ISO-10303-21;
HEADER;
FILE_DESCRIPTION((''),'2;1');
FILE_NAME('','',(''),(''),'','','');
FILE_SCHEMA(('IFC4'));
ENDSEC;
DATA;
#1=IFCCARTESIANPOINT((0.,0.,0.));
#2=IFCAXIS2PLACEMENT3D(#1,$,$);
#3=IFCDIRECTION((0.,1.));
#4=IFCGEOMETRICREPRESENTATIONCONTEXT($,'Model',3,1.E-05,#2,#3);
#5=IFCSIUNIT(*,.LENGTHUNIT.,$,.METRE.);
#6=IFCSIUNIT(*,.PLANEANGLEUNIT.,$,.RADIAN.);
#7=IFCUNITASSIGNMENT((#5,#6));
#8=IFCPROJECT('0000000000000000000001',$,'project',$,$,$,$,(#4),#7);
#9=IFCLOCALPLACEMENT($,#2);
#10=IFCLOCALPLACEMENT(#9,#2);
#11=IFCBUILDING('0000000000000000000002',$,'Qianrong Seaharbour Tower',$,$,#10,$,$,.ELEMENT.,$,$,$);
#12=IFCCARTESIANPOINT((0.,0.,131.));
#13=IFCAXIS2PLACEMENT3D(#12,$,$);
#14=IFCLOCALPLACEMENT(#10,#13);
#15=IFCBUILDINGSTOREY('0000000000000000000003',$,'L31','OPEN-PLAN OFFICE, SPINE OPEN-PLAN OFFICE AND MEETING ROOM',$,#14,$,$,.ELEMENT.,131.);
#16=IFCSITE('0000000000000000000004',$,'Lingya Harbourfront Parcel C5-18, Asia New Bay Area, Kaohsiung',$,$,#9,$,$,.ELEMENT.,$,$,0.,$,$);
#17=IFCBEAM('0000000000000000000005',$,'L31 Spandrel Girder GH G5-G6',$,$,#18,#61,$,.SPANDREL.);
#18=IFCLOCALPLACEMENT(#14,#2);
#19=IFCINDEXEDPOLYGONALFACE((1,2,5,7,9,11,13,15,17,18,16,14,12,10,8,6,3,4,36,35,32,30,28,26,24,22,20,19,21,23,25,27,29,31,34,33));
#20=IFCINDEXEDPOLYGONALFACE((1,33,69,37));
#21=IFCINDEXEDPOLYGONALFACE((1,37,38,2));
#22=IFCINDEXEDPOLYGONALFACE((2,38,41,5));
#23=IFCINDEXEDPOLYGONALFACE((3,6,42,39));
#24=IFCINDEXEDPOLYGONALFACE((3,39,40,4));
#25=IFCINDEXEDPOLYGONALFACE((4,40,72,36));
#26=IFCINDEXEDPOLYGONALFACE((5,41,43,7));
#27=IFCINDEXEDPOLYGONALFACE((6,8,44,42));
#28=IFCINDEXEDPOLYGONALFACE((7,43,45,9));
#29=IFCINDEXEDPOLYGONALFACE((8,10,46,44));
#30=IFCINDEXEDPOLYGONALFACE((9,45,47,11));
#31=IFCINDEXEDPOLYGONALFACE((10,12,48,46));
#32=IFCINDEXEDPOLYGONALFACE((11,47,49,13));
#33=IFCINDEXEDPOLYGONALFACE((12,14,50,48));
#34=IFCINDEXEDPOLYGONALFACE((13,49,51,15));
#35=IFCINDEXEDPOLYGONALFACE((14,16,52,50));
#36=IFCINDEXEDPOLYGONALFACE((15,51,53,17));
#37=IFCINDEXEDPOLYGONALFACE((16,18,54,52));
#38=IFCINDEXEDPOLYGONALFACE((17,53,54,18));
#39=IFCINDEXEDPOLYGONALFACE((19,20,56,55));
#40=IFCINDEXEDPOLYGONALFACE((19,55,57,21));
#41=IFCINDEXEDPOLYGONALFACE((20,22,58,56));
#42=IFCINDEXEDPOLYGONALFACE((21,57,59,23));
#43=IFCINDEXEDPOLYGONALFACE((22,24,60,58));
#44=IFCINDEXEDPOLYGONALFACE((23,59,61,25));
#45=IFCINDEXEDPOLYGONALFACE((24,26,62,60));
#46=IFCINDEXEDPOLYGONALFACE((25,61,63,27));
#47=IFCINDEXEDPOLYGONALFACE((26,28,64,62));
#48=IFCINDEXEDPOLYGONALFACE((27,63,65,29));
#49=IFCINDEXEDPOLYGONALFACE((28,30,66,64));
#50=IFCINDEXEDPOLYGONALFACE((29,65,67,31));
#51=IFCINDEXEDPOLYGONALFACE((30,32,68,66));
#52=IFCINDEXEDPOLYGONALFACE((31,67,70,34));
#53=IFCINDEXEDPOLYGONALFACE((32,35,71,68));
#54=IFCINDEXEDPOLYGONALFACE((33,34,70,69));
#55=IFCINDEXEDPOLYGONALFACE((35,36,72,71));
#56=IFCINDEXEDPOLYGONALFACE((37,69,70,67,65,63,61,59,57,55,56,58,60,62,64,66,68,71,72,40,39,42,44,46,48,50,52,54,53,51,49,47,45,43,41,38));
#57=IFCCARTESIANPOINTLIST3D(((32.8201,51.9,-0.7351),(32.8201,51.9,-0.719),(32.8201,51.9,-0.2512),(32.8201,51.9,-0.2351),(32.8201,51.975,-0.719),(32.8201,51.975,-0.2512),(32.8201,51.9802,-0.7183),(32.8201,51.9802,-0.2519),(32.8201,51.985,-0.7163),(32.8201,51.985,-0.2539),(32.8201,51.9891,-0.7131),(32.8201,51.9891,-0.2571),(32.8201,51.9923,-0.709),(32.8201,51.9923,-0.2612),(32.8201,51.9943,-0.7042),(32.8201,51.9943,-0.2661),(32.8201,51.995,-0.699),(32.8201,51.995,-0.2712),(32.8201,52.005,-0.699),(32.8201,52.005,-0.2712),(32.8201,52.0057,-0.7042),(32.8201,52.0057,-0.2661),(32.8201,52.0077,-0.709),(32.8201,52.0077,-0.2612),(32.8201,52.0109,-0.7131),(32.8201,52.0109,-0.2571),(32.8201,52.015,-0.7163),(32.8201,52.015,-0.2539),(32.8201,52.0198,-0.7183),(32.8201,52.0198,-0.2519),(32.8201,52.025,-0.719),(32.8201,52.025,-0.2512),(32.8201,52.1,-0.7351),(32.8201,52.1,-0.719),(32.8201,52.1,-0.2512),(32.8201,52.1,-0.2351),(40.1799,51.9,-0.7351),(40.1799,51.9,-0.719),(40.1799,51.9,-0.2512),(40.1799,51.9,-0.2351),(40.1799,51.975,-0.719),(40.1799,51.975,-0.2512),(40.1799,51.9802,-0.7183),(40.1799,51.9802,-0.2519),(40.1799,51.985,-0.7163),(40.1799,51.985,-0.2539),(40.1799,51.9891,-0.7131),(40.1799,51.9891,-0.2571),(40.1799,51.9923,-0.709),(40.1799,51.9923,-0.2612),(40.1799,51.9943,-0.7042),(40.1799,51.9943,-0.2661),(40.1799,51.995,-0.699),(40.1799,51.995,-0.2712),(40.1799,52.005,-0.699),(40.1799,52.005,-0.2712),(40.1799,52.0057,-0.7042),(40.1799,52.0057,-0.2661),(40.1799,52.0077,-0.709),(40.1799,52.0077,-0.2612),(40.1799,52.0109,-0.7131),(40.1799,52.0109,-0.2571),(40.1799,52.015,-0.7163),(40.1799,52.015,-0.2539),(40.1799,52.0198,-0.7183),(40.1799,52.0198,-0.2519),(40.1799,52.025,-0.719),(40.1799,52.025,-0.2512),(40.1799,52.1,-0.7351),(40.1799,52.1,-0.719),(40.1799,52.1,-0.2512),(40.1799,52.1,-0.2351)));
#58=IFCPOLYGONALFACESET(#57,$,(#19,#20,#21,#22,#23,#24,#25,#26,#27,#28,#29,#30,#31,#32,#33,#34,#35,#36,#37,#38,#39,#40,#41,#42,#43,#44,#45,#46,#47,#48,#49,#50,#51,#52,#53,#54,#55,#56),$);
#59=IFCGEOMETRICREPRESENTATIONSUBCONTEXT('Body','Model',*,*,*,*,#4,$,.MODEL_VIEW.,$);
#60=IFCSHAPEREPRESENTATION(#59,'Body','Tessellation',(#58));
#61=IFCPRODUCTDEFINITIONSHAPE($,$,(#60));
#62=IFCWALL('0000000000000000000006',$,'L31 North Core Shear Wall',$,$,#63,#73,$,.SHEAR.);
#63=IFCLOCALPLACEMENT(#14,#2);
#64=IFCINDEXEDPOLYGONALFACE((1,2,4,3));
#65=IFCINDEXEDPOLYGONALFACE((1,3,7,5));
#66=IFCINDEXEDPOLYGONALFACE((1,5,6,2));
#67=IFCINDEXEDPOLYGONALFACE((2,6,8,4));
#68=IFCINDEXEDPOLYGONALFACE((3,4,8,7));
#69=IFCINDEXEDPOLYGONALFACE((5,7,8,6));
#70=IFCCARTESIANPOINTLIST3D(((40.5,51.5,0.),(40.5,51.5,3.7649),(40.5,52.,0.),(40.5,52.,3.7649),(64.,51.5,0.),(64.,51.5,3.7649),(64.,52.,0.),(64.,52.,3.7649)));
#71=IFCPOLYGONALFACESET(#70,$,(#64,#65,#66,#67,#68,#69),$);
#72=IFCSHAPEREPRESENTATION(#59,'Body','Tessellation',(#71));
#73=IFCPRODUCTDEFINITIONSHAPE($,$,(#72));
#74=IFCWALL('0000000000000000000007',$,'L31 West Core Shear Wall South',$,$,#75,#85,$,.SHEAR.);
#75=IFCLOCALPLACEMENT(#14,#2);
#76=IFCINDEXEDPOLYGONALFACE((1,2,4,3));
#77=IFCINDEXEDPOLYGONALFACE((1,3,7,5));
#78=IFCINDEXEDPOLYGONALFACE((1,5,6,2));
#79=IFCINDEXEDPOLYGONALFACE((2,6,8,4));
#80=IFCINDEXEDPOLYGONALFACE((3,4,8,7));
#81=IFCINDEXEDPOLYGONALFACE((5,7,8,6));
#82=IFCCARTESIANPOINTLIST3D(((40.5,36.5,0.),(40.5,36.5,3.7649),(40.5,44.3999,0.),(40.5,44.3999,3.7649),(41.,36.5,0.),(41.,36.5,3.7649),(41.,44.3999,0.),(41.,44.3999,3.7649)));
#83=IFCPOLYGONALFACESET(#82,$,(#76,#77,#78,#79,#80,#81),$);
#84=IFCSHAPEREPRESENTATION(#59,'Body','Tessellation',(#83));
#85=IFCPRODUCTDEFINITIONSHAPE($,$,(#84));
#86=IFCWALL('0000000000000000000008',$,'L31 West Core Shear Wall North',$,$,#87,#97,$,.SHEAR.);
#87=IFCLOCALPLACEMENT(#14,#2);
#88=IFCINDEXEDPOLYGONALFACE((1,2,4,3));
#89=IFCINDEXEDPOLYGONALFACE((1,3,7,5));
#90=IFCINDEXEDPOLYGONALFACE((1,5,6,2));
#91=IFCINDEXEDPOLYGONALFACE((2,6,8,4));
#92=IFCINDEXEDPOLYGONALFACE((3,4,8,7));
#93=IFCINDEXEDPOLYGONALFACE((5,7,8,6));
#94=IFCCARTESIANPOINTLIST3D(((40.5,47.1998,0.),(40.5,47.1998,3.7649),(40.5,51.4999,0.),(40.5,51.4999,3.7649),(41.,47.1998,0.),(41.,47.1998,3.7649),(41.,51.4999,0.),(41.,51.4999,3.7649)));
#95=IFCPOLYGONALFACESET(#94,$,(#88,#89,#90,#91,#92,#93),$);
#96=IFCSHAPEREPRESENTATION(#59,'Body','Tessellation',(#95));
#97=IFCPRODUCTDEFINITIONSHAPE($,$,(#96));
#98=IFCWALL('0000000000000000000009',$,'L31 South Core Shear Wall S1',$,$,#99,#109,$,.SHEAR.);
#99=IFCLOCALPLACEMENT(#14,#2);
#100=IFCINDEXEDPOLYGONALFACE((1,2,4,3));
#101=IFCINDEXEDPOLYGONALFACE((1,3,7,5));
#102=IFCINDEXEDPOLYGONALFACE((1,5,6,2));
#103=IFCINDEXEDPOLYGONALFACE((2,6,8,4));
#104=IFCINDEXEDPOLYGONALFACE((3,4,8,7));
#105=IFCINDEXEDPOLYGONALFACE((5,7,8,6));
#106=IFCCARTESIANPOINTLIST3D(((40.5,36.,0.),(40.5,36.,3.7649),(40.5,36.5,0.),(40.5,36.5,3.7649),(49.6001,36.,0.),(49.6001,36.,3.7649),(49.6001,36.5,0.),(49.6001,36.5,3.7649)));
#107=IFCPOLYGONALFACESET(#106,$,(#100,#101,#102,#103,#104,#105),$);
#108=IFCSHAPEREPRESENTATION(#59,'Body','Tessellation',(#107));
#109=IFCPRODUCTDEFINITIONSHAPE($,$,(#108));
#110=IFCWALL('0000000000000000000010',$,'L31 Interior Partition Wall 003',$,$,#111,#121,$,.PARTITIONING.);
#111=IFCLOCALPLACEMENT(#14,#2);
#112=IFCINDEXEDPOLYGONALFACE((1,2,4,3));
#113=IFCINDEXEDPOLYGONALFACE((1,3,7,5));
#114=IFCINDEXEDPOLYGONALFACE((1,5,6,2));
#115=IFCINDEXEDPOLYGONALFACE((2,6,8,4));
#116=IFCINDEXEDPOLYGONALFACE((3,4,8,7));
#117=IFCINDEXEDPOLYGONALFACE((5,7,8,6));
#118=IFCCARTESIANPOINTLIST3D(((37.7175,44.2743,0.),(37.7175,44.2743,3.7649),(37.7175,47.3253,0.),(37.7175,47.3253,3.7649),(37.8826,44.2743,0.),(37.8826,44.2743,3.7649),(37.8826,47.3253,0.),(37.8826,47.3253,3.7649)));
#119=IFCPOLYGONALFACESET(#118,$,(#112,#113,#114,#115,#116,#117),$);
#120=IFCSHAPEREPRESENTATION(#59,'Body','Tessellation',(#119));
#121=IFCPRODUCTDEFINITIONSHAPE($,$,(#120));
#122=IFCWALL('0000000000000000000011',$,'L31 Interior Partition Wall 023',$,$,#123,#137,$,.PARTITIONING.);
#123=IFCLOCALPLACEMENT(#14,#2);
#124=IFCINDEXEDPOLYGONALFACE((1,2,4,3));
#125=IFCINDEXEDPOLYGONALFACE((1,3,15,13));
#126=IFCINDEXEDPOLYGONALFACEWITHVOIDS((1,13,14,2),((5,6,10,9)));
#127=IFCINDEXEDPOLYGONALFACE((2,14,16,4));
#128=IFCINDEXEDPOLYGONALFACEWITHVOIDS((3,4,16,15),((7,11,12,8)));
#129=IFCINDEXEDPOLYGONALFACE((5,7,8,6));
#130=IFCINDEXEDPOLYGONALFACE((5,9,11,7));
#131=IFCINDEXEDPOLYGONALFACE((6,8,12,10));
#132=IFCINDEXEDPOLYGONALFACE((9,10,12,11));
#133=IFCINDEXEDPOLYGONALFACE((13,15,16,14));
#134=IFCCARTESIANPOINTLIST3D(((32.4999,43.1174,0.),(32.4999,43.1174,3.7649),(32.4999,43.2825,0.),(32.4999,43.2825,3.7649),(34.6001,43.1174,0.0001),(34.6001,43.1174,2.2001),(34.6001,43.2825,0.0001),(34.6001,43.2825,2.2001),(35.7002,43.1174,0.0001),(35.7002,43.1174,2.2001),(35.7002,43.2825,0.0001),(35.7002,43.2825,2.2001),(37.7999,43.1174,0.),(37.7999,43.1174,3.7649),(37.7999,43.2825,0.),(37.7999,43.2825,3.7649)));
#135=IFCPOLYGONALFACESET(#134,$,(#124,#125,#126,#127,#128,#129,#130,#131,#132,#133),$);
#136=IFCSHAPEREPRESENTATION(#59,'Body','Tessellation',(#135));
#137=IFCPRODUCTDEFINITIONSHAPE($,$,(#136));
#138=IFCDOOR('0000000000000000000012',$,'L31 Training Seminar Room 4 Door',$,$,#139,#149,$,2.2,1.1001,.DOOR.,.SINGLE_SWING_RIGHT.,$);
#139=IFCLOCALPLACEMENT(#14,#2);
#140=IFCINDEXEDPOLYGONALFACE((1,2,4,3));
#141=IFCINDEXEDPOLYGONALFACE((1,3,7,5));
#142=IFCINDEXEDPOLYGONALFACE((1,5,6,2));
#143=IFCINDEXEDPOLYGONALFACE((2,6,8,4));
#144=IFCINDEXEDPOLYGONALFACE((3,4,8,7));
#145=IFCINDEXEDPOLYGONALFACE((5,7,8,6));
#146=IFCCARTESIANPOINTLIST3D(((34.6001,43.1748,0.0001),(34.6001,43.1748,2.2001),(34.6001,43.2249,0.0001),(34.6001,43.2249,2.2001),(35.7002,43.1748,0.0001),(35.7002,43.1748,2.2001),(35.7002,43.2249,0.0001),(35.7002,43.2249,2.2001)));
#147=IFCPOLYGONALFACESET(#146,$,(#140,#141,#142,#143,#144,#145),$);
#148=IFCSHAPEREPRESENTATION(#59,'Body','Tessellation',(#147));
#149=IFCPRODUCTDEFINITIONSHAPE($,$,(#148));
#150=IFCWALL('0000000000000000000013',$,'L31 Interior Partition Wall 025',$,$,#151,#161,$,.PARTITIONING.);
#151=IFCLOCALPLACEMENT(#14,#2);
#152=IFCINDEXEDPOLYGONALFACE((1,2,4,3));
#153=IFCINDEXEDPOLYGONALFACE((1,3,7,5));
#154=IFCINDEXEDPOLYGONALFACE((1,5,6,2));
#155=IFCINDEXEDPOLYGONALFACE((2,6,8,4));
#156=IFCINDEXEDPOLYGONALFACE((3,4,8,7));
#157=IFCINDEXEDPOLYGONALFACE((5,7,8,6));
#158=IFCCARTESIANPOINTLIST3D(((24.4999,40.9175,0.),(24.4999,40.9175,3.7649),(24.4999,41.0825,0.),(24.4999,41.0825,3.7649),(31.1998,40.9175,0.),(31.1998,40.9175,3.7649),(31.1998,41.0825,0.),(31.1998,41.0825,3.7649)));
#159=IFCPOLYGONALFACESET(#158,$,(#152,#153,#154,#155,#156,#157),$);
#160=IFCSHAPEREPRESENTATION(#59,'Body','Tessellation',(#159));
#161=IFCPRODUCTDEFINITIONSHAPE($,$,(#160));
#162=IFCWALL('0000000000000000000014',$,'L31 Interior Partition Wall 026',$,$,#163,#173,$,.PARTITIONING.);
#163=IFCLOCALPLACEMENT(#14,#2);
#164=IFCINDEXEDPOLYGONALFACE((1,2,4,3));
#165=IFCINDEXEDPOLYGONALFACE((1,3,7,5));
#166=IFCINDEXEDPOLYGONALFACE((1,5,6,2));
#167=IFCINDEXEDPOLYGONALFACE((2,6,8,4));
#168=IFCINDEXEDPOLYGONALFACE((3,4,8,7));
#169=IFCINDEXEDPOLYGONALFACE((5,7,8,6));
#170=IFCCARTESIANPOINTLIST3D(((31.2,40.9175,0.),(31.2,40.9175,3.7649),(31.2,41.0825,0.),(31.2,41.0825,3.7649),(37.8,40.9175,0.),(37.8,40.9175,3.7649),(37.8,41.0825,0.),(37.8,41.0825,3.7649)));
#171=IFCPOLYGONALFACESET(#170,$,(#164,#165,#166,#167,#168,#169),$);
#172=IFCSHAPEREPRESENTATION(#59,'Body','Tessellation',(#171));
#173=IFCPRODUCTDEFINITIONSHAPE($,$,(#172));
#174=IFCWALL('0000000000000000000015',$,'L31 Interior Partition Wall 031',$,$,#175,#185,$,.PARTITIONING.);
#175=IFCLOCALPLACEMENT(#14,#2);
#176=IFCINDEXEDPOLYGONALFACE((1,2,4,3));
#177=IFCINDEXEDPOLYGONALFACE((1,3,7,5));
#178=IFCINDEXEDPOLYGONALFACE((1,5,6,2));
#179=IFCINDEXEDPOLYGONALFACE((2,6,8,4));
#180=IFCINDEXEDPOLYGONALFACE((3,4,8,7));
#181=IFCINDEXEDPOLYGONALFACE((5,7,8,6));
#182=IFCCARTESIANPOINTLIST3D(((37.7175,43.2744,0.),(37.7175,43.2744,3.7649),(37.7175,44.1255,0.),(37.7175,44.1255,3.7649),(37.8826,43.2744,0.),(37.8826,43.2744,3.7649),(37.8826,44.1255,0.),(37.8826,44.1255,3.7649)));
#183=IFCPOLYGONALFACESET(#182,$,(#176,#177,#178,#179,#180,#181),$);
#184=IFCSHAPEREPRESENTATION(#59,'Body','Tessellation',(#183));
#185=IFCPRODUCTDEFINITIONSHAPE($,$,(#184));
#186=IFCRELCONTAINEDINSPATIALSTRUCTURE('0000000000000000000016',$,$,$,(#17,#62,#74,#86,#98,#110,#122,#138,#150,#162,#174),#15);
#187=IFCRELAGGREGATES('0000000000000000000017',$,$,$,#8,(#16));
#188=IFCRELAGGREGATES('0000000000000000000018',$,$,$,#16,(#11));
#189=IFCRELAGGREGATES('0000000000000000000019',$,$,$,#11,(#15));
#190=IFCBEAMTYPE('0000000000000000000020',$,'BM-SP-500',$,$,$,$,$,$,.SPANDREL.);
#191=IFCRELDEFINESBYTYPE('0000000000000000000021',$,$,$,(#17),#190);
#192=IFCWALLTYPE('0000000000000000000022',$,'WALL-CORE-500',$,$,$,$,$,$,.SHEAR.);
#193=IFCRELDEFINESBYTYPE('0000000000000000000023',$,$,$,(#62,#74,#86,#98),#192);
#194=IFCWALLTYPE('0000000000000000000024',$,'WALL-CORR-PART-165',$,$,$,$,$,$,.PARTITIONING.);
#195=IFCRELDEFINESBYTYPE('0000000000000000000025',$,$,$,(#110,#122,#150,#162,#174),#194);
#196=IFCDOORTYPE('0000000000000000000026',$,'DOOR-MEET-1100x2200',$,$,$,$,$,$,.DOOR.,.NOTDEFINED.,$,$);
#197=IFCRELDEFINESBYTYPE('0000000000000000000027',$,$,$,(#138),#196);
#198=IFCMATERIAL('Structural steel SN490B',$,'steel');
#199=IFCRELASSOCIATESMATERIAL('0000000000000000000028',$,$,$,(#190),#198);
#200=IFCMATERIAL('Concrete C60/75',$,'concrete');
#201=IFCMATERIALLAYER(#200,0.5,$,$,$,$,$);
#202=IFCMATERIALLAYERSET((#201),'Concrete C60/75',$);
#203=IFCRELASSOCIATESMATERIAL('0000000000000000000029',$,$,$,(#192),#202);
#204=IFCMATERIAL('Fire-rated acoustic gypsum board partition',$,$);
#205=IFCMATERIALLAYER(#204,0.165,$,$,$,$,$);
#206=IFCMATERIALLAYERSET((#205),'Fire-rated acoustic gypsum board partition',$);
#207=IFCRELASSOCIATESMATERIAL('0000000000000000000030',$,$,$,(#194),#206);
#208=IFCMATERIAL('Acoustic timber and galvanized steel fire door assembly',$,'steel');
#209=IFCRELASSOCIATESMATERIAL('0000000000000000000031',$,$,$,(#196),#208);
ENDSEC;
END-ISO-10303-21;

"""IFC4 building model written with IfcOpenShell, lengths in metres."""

from ifc_helpers import new_model, si_unit, direction, frame, frame_2d, origin, origin_2d, place, context, subcontext, project, spatial, rectangle, i_section, extrude, material, layer, layer_set, material_profile, profile_set, type_object, element, fill, save


model = new_model("IFC4")

# Units and contexts
model_context = context("Model", 3, precision=1e-05, world=origin(), true_north=direction((0.0, 1.0)))
body_context = subcontext(model_context, "Body", "Model", "MODEL_VIEW")
ifc_project = project(units=[si_unit("LENGTHUNIT", "METRE"), si_unit("PLANEANGLEUNIT", "RADIAN")], contexts=[model_context])

# Site, building, storey
site_placement = place(None, origin())
site = spatial("IfcSite", under=ifc_project, at=site_placement, Name="Lingya Harbourfront Parcel C5-18, Asia New Bay Area, Kaohsiung", CompositionType="ELEMENT", RefElevation=0.0)
building_placement = place(site_placement, origin())
building = spatial("IfcBuilding", under=site, at=building_placement, Name="Qianrong Seaharbour Tower", CompositionType="ELEMENT")
storey_placement = place(building_placement, frame((0.0, 0.0, 131.0)))
storey = spatial("IfcBuildingStorey", under=building, at=storey_placement, Name="L31", Description="OPEN-PLAN OFFICE, SPINE OPEN-PLAN OFFICE AND MEETING ROOM", CompositionType="ELEMENT", Elevation=131.0)

# Shared definitions
ifc_material_1 = material(Name="Structural steel SN490B", Category="steel")

# Beam
ifc_material_profile_1 = material_profile(ifc_material_1, i_section(OverallWidth=0.2, OverallDepth=0.5, WebThickness=0.01, FlangeThickness=0.0161, FilletRadius=0.02, at=origin_2d()), Name="H500x200x10x16")
ifc_profile_set_1 = profile_set([ifc_material_profile_1], Name="Structural steel SN490B")
beam_type_1 = type_object("IfcBeamType", Name="BM-SP-500", PredefinedType="SPANDREL", material=ifc_profile_set_1)
for number, where, z_axis, x_axis, name in (
    (1, (32.8201, 52.0, -0.4851), (1.0, 0.0, 0.0), (0.0, 1.0, 0.0), "L31 Spandrel Girder GH G5-G6"),
):
    element("IfcBeam", number, at=place(storey_placement, frame(where, z_axis=z_axis, x_axis=x_axis)), inside=storey, type_object=beam_type_1, Name=name, PredefinedType="SPANDREL", context=body_context, shape_type="SweptSolid", body=[
        extrude(i_section(OverallWidth=0.2, OverallDepth=0.5, WebThickness=0.01, FlangeThickness=0.0161, FilletRadius=0.02, at=origin_2d()), origin(), (0.0, 0.0, 1.0), 7.3599),
    ])

# Walls
ifc_material_2 = material(Name="Concrete C60/75", Category="concrete")
ifc_layer_1 = layer(ifc_material_2, 0.5)
ifc_layer_set_1 = layer_set([ifc_layer_1], Name="Concrete C60/75")
wall_type_1 = type_object("IfcWallType", Name="WALL-CORE-500", PredefinedType="SHEAR", material=ifc_layer_set_1)
wall_1_placement = place(storey_placement, frame((40.5, 51.75, 0.0), z_axis=(0.0, 0.0, 1.0), x_axis=(1.0, 0.0, 0.0)))
element("IfcWall", 2, at=wall_1_placement, inside=storey, type_object=wall_type_1, Name="L31 North Core Shear Wall", PredefinedType="SHEAR", context=body_context, shape_type="SweptSolid", body=[
    extrude(rectangle(XDim=23.5, YDim=0.5, at=frame_2d((11.75, 0.0))), origin(), (0.0, 0.0, 1.0), 3.7649),
])
wall_2_placement = place(storey_placement, frame((40.75, 36.5, 0.0), z_axis=(0.0, 0.0, 1.0), x_axis=(0.0, 1.0, 0.0)))
element("IfcWall", 3, at=wall_2_placement, inside=storey, type_object=wall_type_1, Name="L31 West Core Shear Wall South", PredefinedType="SHEAR", context=body_context, shape_type="SweptSolid", body=[
    extrude(rectangle(XDim=7.8999, YDim=0.5, at=frame_2d((3.95, 0.0))), origin(), (0.0, 0.0, 1.0), 3.7649),
])
wall_3_placement = place(storey_placement, frame((40.75, 47.2, 0.0), z_axis=(0.0, 0.0, 1.0), x_axis=(0.0, 1.0, 0.0)))
element("IfcWall", 4, at=wall_3_placement, inside=storey, type_object=wall_type_1, Name="L31 West Core Shear Wall North", PredefinedType="SHEAR", context=body_context, shape_type="SweptSolid", body=[
    extrude(rectangle(XDim=4.3, YDim=0.5, at=frame_2d((2.1499, 0.0))), origin(), (0.0, 0.0, 1.0), 3.7649),
])
wall_4_placement = place(storey_placement, frame((40.5, 36.25, 0.0), z_axis=(0.0, 0.0, 1.0), x_axis=(1.0, 0.0, 0.0)))
element("IfcWall", 5, at=wall_4_placement, inside=storey, type_object=wall_type_1, Name="L31 South Core Shear Wall S1", PredefinedType="SHEAR", context=body_context, shape_type="SweptSolid", body=[
    extrude(rectangle(XDim=9.1001, YDim=0.5, at=frame_2d((4.55, 0.0))), origin(), (0.0, 0.0, 1.0), 3.7649),
])

# Shared definitions
ifc_material_3 = material(Name="Fire-rated acoustic gypsum board partition")
ifc_layer_2 = layer(ifc_material_3, 0.165)
ifc_layer_set_2 = layer_set([ifc_layer_2], Name="Fire-rated acoustic gypsum board partition")
wall_type_2 = type_object("IfcWallType", Name="WALL-CORR-PART-165", PredefinedType="PARTITIONING", material=ifc_layer_set_2)
ifc_material_4 = material(Name="Acoustic timber and galvanized steel fire door assembly", Category="steel")

# Wall
wall_5_placement = place(storey_placement, frame((37.8, 44.2744, 0.0), z_axis=(0.0, 0.0, 1.0), x_axis=(0.0, 1.0, 0.0)))
element("IfcWall", 6, at=wall_5_placement, inside=storey, type_object=wall_type_2, Name="L31 Interior Partition Wall 003", PredefinedType="PARTITIONING", context=body_context, shape_type="SweptSolid", body=[
    extrude(rectangle(XDim=3.051, YDim=0.165, at=frame_2d((1.5254, 0.0))), origin(), (0.0, 0.0, 1.0), 3.7649),
])

# Wall, opening, door
wall_6_placement = place(storey_placement, frame((32.5, 43.2, 0.0), z_axis=(0.0, 0.0, 1.0), x_axis=(1.0, 0.0, 0.0)))
wall_6 = element("IfcWall", 7, at=wall_6_placement, inside=storey, type_object=wall_type_2, Name="L31 Interior Partition Wall 023", PredefinedType="PARTITIONING", context=body_context, shape_type="SweptSolid", body=[
    extrude(rectangle(XDim=5.3, YDim=0.165, at=frame_2d((2.6499, 0.0))), origin(), (0.0, 0.0, 1.0), 3.7649),
])
opening_1_placement = place(wall_6_placement, frame((2.1001, 0.0, 0.0)))
opening_1 = element("IfcOpeningElement", 8, at=opening_1_placement, cuts=wall_6, PredefinedType="OPENING", context=body_context, shape_type="SweptSolid", body=[
    extrude(rectangle(XDim=1.1001, YDim=2.2, at=frame_2d((0.55, 1.1001))), frame((0.0, 0.0925, 0.0), z_axis=(0.0, -1.0, 0.0), x_axis=(1.0, 0.0, 0.0)), (0.0, 0.0, 1.0), 0.1851),
])
door_type_1 = type_object("IfcDoorType", Name="DOOR-MEET-1100x2200", OperationType="NOTDEFINED", PredefinedType="DOOR", material=ifc_material_4)
door_1_placement = place(opening_1_placement, origin())
door_1 = element("IfcDoor", 9, at=door_1_placement, inside=storey, type_object=door_type_1, Name="L31 Training Seminar Room 4 Door", OperationType="SINGLE_SWING_RIGHT", OverallHeight=2.2, OverallWidth=1.1001, PredefinedType="DOOR", context=body_context, shape_type="SweptSolid", body=[
    extrude(rectangle(XDim=1.1001, YDim=2.2, at=frame_2d((0.55, 1.1001))), frame((0.0, 0.0249, 0.0), z_axis=(0.0, -1.0, 0.0), x_axis=(1.0, 0.0, 0.0)), (0.0, 0.0, 1.0), 0.05),
])
fill(opening_1, door_1)

# Walls
wall_7_placement = place(storey_placement, frame((31.2, 41.0, 0.0), z_axis=(0.0, 0.0, 1.0), x_axis=(-1.0, 0.0, 0.0)))
element("IfcWall", 10, at=wall_7_placement, inside=storey, type_object=wall_type_2, Name="L31 Interior Partition Wall 025", PredefinedType="PARTITIONING", context=body_context, shape_type="SweptSolid", body=[
    extrude(rectangle(XDim=6.7, YDim=0.165, at=frame_2d((3.3501, 0.0))), origin(), (0.0, 0.0, 1.0), 3.7649),
])
wall_8_placement = place(storey_placement, frame((37.8, 41.0, 0.0), z_axis=(0.0, 0.0, 1.0), x_axis=(-1.0, 0.0, 0.0)))
element("IfcWall", 11, at=wall_8_placement, inside=storey, type_object=wall_type_2, Name="L31 Interior Partition Wall 026", PredefinedType="PARTITIONING", context=body_context, shape_type="SweptSolid", body=[
    extrude(rectangle(XDim=6.6001, YDim=0.165, at=frame_2d((3.3, 0.0))), origin(), (0.0, 0.0, 1.0), 3.7649),
])
wall_9_placement = place(storey_placement, frame((37.8, 43.2744, 0.0), z_axis=(0.0, 0.0, 1.0), x_axis=(0.0, 1.0, 0.0)))
element("IfcWall", 12, at=wall_9_placement, inside=storey, type_object=wall_type_2, Name="L31 Interior Partition Wall 031", PredefinedType="PARTITIONING", context=body_context, shape_type="SweptSolid", body=[
    extrude(rectangle(XDim=0.8511, YDim=0.165, at=frame_2d((0.4255, 0.0))), origin(), (0.0, 0.0, 1.0), 3.7649),
])

save(model, "model.ifc")
